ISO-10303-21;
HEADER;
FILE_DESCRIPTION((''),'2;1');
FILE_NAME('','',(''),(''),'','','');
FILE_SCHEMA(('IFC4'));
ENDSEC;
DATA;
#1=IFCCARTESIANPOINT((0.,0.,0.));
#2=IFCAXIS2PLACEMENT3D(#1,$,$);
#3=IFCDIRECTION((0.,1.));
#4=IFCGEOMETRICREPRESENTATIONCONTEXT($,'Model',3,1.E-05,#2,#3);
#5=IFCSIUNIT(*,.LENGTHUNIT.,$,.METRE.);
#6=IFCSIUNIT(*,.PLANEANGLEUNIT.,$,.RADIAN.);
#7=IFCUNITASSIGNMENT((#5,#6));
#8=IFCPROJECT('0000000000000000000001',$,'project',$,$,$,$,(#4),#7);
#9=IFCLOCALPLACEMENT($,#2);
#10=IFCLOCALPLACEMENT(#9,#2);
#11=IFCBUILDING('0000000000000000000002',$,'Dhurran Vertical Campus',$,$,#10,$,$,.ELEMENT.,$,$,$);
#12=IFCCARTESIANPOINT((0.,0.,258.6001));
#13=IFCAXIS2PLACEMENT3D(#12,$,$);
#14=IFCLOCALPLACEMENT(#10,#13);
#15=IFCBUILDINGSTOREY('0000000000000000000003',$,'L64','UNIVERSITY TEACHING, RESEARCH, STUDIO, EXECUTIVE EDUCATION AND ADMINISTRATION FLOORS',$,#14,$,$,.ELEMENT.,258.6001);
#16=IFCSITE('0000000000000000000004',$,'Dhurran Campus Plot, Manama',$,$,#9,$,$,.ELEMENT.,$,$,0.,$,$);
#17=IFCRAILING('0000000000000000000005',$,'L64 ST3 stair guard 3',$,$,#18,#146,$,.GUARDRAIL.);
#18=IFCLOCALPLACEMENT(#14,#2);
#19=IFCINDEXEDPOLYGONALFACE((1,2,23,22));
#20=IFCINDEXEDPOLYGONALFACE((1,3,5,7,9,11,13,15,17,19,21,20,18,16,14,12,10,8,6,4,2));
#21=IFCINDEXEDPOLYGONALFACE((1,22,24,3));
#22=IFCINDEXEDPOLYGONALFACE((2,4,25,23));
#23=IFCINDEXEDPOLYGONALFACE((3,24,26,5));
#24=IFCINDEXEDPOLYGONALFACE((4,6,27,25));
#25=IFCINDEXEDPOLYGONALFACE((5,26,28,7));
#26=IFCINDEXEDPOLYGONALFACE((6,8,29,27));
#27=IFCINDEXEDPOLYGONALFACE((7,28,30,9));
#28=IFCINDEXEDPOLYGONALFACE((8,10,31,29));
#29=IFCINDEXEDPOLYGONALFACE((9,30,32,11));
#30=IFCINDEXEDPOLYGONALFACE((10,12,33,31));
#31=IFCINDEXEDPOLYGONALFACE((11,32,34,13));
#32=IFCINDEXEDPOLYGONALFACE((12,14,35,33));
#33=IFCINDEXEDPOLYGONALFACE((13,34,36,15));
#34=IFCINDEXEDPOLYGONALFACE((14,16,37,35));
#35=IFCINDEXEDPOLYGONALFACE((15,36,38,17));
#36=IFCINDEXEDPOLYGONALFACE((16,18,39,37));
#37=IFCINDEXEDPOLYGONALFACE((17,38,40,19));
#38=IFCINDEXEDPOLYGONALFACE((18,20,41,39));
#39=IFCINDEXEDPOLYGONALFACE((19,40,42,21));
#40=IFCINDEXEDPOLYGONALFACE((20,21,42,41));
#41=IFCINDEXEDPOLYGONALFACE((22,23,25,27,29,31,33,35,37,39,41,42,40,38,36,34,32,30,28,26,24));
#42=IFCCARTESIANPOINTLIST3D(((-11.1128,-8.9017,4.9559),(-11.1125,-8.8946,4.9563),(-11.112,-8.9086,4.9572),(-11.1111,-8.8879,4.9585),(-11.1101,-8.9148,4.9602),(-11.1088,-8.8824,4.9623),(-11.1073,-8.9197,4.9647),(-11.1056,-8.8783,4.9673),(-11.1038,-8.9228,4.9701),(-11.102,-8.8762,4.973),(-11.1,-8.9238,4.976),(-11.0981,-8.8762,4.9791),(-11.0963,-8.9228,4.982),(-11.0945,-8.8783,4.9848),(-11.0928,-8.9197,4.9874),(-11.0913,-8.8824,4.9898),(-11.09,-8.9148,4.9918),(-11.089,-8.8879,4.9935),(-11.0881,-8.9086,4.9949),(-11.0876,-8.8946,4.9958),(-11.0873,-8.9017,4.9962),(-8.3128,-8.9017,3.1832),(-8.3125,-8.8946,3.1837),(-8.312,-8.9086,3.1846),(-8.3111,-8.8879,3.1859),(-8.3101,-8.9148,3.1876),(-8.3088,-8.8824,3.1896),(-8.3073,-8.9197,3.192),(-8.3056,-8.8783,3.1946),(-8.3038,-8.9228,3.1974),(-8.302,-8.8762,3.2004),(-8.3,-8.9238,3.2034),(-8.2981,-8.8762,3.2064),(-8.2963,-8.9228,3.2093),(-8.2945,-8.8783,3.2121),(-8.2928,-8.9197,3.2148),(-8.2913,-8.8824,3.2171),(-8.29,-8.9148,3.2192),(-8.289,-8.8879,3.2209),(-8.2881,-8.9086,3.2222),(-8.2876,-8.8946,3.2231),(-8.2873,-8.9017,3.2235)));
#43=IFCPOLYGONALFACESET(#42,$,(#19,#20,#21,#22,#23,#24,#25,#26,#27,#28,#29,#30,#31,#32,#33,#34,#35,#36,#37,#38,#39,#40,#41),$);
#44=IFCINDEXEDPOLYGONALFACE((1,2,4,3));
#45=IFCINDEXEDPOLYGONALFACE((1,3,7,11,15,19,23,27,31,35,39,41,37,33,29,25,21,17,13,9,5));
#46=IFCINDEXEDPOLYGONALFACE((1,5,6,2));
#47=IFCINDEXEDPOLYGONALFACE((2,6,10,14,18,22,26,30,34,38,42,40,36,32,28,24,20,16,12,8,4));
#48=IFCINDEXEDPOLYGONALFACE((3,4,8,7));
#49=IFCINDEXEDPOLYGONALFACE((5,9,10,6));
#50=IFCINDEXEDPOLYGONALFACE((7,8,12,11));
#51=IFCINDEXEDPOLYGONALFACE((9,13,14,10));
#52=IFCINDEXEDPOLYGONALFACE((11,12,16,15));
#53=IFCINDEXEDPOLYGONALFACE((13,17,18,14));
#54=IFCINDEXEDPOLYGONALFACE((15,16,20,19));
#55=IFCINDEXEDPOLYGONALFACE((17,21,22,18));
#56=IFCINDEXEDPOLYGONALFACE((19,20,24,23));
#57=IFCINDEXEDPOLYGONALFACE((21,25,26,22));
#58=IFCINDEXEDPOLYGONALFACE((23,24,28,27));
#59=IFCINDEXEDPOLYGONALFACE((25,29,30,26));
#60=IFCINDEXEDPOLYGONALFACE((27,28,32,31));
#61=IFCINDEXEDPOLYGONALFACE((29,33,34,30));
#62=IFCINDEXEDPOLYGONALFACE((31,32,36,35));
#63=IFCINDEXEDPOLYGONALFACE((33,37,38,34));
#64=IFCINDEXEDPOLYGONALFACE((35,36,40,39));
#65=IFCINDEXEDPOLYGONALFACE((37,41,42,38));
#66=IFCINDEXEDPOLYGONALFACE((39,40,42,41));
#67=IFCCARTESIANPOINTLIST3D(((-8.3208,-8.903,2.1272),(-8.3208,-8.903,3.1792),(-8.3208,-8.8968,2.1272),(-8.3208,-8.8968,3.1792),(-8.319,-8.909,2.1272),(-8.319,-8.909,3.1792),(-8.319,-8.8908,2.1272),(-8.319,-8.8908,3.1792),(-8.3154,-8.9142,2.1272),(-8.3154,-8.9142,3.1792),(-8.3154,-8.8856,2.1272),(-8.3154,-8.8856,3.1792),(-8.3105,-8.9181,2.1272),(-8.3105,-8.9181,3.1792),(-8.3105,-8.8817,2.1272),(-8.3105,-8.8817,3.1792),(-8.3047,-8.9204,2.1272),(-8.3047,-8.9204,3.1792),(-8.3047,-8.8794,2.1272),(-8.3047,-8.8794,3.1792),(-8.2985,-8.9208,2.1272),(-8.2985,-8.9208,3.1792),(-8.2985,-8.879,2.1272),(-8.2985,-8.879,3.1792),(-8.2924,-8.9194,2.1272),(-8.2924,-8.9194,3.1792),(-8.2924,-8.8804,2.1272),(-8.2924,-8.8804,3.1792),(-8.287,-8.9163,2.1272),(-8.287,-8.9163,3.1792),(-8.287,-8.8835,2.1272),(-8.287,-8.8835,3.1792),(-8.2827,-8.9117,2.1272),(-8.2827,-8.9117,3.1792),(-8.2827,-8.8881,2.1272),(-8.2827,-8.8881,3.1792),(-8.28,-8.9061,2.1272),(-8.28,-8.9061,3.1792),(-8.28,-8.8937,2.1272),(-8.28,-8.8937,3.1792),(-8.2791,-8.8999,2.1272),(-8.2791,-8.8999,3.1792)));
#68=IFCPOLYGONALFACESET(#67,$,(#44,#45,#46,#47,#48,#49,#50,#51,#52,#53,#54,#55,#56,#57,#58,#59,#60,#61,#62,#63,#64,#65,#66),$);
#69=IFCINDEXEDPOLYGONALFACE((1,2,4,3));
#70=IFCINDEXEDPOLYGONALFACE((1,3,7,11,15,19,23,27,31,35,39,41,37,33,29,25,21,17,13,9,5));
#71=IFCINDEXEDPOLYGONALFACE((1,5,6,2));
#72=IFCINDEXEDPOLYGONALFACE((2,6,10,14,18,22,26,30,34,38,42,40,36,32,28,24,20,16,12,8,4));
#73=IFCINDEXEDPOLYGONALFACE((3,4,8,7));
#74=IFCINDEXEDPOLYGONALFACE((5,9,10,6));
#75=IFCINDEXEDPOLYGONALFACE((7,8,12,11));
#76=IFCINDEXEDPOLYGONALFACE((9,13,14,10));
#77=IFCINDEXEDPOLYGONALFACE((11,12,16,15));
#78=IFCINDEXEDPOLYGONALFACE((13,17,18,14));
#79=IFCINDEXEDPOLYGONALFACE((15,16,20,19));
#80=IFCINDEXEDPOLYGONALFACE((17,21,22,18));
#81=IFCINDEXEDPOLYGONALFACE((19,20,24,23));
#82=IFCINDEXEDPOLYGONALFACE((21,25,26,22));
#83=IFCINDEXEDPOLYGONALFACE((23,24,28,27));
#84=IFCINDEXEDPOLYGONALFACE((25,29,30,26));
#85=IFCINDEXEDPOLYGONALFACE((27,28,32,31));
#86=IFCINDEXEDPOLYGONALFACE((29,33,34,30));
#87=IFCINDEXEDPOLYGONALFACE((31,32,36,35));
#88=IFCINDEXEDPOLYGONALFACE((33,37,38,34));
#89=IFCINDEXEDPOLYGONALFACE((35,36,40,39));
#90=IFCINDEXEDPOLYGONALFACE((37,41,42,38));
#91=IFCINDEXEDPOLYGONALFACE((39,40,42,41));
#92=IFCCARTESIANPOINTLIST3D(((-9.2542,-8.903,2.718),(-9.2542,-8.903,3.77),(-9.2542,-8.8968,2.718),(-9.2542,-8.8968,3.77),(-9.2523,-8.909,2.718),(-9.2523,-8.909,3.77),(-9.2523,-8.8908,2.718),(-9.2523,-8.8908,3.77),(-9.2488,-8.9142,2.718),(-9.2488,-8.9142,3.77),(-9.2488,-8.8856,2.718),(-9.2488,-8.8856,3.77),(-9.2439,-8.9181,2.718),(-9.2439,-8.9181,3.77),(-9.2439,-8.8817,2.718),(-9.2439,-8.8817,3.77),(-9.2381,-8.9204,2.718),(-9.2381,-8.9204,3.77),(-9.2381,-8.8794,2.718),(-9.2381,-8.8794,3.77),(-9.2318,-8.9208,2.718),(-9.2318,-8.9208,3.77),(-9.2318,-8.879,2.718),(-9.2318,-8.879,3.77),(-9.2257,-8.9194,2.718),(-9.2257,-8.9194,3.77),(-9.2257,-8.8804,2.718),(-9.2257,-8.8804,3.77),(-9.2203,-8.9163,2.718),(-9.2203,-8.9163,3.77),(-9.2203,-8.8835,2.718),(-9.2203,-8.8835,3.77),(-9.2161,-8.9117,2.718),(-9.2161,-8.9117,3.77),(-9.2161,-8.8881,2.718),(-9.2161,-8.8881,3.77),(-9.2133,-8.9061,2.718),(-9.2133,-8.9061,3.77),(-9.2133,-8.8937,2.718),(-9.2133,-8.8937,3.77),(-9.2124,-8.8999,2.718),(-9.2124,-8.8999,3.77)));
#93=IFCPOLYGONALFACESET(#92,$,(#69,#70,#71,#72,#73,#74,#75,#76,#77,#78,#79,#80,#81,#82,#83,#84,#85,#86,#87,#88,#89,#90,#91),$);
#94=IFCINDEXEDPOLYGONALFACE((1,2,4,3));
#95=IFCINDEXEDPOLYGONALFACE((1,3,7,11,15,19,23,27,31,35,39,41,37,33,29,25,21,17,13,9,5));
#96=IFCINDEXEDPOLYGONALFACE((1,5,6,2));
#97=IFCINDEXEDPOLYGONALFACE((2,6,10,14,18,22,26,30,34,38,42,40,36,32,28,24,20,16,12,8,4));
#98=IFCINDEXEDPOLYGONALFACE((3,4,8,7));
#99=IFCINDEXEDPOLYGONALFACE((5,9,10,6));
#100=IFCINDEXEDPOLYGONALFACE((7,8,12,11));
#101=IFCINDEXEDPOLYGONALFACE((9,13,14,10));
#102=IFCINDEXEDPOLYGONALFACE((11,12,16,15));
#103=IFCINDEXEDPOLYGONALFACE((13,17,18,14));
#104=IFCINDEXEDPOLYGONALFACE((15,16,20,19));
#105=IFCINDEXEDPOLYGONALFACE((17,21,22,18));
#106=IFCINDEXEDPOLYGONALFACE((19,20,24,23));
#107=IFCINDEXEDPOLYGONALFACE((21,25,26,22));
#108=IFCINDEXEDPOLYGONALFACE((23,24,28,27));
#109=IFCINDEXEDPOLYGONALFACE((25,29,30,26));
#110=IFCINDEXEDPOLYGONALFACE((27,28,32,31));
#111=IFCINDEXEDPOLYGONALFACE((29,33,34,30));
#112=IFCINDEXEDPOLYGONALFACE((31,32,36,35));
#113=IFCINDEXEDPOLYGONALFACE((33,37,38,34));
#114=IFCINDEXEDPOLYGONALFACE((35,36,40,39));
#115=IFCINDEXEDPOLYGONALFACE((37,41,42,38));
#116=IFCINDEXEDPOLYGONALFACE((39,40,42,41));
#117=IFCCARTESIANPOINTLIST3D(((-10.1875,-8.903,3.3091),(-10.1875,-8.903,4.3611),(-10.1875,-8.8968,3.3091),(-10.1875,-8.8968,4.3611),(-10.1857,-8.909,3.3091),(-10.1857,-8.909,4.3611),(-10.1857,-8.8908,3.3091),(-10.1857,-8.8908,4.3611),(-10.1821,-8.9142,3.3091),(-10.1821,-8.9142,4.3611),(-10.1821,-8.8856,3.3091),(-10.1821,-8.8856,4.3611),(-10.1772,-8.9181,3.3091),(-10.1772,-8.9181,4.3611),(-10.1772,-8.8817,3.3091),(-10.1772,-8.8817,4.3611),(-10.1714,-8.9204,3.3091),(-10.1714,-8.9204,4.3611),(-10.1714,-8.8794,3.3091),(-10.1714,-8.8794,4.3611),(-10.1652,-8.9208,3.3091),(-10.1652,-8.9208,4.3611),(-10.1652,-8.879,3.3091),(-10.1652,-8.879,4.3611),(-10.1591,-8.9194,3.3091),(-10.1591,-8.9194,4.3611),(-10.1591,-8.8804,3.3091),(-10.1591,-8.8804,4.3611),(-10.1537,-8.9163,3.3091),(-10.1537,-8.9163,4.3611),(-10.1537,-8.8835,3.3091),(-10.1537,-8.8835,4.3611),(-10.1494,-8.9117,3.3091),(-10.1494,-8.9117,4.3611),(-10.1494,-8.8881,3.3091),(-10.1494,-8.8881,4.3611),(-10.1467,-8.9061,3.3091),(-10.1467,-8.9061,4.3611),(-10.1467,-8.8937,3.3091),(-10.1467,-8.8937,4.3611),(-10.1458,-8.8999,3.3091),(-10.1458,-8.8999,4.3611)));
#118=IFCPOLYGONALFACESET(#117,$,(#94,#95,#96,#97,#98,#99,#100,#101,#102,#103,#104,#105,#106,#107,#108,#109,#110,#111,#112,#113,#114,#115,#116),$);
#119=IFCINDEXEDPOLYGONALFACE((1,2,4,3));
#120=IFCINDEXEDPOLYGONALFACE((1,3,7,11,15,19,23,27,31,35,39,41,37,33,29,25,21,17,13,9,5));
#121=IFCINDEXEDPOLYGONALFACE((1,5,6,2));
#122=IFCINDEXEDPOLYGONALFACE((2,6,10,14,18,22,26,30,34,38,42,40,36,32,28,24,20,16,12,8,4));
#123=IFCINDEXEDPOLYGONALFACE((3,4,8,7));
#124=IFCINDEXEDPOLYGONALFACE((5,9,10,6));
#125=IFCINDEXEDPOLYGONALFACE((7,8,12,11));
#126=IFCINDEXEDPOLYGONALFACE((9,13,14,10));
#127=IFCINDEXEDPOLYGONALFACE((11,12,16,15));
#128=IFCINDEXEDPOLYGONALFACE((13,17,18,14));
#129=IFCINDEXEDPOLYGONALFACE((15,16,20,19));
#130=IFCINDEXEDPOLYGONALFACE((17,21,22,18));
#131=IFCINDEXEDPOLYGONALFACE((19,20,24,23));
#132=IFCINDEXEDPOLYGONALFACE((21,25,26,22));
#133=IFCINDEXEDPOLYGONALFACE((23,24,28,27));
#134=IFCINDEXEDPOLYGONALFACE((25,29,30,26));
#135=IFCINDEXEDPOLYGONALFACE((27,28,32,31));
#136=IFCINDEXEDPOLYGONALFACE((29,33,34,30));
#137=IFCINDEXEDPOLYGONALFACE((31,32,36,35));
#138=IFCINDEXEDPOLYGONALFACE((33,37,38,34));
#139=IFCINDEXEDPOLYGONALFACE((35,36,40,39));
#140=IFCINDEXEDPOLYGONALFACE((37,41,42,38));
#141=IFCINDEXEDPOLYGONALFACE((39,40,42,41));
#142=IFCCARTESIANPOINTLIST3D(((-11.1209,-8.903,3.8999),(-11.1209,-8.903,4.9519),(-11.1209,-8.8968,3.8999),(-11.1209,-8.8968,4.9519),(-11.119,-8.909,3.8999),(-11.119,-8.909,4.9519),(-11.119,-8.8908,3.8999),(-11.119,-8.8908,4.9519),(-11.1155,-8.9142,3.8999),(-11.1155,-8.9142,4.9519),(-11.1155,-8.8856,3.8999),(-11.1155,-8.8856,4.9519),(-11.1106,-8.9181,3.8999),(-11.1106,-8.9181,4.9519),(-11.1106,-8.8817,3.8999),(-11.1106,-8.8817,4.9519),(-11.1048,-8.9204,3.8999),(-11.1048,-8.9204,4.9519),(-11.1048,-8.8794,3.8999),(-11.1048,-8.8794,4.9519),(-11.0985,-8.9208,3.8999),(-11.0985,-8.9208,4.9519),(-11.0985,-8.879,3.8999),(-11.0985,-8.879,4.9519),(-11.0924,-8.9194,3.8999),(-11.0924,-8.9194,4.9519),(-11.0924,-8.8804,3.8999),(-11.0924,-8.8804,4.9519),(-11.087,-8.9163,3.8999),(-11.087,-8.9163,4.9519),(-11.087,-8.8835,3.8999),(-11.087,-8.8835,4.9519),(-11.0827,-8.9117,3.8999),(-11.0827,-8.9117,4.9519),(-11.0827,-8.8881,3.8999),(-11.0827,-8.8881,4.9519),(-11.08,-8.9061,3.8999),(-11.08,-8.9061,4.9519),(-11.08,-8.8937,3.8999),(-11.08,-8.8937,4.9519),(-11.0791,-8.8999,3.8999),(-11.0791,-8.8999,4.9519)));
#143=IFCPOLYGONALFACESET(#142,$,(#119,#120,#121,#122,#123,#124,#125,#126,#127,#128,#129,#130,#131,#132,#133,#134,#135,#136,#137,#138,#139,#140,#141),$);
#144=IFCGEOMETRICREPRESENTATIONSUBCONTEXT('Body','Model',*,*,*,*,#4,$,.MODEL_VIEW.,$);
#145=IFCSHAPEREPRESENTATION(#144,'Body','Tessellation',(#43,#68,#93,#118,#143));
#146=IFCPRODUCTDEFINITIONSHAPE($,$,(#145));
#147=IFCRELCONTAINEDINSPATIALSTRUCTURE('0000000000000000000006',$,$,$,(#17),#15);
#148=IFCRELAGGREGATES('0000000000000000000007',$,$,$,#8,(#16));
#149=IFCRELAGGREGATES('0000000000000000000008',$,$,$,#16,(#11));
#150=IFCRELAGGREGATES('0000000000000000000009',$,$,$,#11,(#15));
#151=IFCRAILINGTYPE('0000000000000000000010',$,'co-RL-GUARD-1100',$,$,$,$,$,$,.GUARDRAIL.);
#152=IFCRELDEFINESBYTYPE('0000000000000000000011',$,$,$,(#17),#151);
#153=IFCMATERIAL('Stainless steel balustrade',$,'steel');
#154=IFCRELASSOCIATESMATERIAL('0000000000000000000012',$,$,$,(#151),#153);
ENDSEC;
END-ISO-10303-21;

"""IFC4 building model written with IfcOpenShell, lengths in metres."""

from ifc_helpers import new_model, si_unit, direction, frame, origin, origin_2d, place, context, subcontext, project, spatial, circle, extrude, material, type_object, element, save


model = new_model("IFC4")

# Units and contexts
model_context = context("Model", 3, precision=1e-05, world=origin(), true_north=direction((0.0, 1.0)))
body_context = subcontext(model_context, "Body", "Model", "MODEL_VIEW")
ifc_project = project(units=[si_unit("LENGTHUNIT", "METRE"), si_unit("PLANEANGLEUNIT", "RADIAN")], contexts=[model_context])

# Site, building, storey
site_placement = place(None, origin())
site = spatial("IfcSite", under=ifc_project, at=site_placement, Name="Dhurran Campus Plot, Manama", CompositionType="ELEMENT", RefElevation=0.0)
building_placement = place(site_placement, origin())
building = spatial("IfcBuilding", under=site, at=building_placement, Name="Dhurran Vertical Campus", CompositionType="ELEMENT")
storey_placement = place(building_placement, frame((0.0, 0.0, 258.6001)))
storey = spatial("IfcBuildingStorey", under=building, at=storey_placement, Name="L64", Description="UNIVERSITY TEACHING, RESEARCH, STUDIO, EXECUTIVE EDUCATION AND ADMINISTRATION FLOORS", CompositionType="ELEMENT", Elevation=258.6001)

# Railing
ifc_material_1 = material(Name="Stainless steel balustrade", Category="steel")
railing_type_1 = type_object("IfcRailingType", Name="co-RL-GUARD-1100", PredefinedType="GUARDRAIL", material=ifc_material_1)
railing_1_placement = place(storey_placement, frame((-8.3, -8.8999, 2.1272)))
element("IfcRailing", 1, at=railing_1_placement, inside=storey, type_object=railing_type_1, Name="L64 ST3 stair guard 3", PredefinedType="GUARDRAIL", context=body_context, shape_type="SweptSolid", body=[
    extrude(circle(Radius=0.0239, at=origin_2d()), frame((0.0, 0.0, 1.0762), z_axis=(-0.844909, 0.0, 0.53491), x_axis=(0.0, -1.0, 0.0)), (0.0, 0.0, 1.0), 3.314),
    extrude(circle(Radius=0.021, at=origin_2d()), origin(), (0.0, 0.0, 1.0), 1.052),
    extrude(circle(Radius=0.021, at=origin_2d()), frame((-0.9333, 0.0, 0.5908)), (0.0, 0.0, 1.0), 1.052),
    extrude(circle(Radius=0.021, at=origin_2d()), frame((-1.8667, 0.0, 1.1819)), (0.0, 0.0, 1.0), 1.052),
    extrude(circle(Radius=0.021, at=origin_2d()), frame((-2.8, 0.0, 1.7727)), (0.0, 0.0, 1.0), 1.052),
])

save(model, "model.ifc")
